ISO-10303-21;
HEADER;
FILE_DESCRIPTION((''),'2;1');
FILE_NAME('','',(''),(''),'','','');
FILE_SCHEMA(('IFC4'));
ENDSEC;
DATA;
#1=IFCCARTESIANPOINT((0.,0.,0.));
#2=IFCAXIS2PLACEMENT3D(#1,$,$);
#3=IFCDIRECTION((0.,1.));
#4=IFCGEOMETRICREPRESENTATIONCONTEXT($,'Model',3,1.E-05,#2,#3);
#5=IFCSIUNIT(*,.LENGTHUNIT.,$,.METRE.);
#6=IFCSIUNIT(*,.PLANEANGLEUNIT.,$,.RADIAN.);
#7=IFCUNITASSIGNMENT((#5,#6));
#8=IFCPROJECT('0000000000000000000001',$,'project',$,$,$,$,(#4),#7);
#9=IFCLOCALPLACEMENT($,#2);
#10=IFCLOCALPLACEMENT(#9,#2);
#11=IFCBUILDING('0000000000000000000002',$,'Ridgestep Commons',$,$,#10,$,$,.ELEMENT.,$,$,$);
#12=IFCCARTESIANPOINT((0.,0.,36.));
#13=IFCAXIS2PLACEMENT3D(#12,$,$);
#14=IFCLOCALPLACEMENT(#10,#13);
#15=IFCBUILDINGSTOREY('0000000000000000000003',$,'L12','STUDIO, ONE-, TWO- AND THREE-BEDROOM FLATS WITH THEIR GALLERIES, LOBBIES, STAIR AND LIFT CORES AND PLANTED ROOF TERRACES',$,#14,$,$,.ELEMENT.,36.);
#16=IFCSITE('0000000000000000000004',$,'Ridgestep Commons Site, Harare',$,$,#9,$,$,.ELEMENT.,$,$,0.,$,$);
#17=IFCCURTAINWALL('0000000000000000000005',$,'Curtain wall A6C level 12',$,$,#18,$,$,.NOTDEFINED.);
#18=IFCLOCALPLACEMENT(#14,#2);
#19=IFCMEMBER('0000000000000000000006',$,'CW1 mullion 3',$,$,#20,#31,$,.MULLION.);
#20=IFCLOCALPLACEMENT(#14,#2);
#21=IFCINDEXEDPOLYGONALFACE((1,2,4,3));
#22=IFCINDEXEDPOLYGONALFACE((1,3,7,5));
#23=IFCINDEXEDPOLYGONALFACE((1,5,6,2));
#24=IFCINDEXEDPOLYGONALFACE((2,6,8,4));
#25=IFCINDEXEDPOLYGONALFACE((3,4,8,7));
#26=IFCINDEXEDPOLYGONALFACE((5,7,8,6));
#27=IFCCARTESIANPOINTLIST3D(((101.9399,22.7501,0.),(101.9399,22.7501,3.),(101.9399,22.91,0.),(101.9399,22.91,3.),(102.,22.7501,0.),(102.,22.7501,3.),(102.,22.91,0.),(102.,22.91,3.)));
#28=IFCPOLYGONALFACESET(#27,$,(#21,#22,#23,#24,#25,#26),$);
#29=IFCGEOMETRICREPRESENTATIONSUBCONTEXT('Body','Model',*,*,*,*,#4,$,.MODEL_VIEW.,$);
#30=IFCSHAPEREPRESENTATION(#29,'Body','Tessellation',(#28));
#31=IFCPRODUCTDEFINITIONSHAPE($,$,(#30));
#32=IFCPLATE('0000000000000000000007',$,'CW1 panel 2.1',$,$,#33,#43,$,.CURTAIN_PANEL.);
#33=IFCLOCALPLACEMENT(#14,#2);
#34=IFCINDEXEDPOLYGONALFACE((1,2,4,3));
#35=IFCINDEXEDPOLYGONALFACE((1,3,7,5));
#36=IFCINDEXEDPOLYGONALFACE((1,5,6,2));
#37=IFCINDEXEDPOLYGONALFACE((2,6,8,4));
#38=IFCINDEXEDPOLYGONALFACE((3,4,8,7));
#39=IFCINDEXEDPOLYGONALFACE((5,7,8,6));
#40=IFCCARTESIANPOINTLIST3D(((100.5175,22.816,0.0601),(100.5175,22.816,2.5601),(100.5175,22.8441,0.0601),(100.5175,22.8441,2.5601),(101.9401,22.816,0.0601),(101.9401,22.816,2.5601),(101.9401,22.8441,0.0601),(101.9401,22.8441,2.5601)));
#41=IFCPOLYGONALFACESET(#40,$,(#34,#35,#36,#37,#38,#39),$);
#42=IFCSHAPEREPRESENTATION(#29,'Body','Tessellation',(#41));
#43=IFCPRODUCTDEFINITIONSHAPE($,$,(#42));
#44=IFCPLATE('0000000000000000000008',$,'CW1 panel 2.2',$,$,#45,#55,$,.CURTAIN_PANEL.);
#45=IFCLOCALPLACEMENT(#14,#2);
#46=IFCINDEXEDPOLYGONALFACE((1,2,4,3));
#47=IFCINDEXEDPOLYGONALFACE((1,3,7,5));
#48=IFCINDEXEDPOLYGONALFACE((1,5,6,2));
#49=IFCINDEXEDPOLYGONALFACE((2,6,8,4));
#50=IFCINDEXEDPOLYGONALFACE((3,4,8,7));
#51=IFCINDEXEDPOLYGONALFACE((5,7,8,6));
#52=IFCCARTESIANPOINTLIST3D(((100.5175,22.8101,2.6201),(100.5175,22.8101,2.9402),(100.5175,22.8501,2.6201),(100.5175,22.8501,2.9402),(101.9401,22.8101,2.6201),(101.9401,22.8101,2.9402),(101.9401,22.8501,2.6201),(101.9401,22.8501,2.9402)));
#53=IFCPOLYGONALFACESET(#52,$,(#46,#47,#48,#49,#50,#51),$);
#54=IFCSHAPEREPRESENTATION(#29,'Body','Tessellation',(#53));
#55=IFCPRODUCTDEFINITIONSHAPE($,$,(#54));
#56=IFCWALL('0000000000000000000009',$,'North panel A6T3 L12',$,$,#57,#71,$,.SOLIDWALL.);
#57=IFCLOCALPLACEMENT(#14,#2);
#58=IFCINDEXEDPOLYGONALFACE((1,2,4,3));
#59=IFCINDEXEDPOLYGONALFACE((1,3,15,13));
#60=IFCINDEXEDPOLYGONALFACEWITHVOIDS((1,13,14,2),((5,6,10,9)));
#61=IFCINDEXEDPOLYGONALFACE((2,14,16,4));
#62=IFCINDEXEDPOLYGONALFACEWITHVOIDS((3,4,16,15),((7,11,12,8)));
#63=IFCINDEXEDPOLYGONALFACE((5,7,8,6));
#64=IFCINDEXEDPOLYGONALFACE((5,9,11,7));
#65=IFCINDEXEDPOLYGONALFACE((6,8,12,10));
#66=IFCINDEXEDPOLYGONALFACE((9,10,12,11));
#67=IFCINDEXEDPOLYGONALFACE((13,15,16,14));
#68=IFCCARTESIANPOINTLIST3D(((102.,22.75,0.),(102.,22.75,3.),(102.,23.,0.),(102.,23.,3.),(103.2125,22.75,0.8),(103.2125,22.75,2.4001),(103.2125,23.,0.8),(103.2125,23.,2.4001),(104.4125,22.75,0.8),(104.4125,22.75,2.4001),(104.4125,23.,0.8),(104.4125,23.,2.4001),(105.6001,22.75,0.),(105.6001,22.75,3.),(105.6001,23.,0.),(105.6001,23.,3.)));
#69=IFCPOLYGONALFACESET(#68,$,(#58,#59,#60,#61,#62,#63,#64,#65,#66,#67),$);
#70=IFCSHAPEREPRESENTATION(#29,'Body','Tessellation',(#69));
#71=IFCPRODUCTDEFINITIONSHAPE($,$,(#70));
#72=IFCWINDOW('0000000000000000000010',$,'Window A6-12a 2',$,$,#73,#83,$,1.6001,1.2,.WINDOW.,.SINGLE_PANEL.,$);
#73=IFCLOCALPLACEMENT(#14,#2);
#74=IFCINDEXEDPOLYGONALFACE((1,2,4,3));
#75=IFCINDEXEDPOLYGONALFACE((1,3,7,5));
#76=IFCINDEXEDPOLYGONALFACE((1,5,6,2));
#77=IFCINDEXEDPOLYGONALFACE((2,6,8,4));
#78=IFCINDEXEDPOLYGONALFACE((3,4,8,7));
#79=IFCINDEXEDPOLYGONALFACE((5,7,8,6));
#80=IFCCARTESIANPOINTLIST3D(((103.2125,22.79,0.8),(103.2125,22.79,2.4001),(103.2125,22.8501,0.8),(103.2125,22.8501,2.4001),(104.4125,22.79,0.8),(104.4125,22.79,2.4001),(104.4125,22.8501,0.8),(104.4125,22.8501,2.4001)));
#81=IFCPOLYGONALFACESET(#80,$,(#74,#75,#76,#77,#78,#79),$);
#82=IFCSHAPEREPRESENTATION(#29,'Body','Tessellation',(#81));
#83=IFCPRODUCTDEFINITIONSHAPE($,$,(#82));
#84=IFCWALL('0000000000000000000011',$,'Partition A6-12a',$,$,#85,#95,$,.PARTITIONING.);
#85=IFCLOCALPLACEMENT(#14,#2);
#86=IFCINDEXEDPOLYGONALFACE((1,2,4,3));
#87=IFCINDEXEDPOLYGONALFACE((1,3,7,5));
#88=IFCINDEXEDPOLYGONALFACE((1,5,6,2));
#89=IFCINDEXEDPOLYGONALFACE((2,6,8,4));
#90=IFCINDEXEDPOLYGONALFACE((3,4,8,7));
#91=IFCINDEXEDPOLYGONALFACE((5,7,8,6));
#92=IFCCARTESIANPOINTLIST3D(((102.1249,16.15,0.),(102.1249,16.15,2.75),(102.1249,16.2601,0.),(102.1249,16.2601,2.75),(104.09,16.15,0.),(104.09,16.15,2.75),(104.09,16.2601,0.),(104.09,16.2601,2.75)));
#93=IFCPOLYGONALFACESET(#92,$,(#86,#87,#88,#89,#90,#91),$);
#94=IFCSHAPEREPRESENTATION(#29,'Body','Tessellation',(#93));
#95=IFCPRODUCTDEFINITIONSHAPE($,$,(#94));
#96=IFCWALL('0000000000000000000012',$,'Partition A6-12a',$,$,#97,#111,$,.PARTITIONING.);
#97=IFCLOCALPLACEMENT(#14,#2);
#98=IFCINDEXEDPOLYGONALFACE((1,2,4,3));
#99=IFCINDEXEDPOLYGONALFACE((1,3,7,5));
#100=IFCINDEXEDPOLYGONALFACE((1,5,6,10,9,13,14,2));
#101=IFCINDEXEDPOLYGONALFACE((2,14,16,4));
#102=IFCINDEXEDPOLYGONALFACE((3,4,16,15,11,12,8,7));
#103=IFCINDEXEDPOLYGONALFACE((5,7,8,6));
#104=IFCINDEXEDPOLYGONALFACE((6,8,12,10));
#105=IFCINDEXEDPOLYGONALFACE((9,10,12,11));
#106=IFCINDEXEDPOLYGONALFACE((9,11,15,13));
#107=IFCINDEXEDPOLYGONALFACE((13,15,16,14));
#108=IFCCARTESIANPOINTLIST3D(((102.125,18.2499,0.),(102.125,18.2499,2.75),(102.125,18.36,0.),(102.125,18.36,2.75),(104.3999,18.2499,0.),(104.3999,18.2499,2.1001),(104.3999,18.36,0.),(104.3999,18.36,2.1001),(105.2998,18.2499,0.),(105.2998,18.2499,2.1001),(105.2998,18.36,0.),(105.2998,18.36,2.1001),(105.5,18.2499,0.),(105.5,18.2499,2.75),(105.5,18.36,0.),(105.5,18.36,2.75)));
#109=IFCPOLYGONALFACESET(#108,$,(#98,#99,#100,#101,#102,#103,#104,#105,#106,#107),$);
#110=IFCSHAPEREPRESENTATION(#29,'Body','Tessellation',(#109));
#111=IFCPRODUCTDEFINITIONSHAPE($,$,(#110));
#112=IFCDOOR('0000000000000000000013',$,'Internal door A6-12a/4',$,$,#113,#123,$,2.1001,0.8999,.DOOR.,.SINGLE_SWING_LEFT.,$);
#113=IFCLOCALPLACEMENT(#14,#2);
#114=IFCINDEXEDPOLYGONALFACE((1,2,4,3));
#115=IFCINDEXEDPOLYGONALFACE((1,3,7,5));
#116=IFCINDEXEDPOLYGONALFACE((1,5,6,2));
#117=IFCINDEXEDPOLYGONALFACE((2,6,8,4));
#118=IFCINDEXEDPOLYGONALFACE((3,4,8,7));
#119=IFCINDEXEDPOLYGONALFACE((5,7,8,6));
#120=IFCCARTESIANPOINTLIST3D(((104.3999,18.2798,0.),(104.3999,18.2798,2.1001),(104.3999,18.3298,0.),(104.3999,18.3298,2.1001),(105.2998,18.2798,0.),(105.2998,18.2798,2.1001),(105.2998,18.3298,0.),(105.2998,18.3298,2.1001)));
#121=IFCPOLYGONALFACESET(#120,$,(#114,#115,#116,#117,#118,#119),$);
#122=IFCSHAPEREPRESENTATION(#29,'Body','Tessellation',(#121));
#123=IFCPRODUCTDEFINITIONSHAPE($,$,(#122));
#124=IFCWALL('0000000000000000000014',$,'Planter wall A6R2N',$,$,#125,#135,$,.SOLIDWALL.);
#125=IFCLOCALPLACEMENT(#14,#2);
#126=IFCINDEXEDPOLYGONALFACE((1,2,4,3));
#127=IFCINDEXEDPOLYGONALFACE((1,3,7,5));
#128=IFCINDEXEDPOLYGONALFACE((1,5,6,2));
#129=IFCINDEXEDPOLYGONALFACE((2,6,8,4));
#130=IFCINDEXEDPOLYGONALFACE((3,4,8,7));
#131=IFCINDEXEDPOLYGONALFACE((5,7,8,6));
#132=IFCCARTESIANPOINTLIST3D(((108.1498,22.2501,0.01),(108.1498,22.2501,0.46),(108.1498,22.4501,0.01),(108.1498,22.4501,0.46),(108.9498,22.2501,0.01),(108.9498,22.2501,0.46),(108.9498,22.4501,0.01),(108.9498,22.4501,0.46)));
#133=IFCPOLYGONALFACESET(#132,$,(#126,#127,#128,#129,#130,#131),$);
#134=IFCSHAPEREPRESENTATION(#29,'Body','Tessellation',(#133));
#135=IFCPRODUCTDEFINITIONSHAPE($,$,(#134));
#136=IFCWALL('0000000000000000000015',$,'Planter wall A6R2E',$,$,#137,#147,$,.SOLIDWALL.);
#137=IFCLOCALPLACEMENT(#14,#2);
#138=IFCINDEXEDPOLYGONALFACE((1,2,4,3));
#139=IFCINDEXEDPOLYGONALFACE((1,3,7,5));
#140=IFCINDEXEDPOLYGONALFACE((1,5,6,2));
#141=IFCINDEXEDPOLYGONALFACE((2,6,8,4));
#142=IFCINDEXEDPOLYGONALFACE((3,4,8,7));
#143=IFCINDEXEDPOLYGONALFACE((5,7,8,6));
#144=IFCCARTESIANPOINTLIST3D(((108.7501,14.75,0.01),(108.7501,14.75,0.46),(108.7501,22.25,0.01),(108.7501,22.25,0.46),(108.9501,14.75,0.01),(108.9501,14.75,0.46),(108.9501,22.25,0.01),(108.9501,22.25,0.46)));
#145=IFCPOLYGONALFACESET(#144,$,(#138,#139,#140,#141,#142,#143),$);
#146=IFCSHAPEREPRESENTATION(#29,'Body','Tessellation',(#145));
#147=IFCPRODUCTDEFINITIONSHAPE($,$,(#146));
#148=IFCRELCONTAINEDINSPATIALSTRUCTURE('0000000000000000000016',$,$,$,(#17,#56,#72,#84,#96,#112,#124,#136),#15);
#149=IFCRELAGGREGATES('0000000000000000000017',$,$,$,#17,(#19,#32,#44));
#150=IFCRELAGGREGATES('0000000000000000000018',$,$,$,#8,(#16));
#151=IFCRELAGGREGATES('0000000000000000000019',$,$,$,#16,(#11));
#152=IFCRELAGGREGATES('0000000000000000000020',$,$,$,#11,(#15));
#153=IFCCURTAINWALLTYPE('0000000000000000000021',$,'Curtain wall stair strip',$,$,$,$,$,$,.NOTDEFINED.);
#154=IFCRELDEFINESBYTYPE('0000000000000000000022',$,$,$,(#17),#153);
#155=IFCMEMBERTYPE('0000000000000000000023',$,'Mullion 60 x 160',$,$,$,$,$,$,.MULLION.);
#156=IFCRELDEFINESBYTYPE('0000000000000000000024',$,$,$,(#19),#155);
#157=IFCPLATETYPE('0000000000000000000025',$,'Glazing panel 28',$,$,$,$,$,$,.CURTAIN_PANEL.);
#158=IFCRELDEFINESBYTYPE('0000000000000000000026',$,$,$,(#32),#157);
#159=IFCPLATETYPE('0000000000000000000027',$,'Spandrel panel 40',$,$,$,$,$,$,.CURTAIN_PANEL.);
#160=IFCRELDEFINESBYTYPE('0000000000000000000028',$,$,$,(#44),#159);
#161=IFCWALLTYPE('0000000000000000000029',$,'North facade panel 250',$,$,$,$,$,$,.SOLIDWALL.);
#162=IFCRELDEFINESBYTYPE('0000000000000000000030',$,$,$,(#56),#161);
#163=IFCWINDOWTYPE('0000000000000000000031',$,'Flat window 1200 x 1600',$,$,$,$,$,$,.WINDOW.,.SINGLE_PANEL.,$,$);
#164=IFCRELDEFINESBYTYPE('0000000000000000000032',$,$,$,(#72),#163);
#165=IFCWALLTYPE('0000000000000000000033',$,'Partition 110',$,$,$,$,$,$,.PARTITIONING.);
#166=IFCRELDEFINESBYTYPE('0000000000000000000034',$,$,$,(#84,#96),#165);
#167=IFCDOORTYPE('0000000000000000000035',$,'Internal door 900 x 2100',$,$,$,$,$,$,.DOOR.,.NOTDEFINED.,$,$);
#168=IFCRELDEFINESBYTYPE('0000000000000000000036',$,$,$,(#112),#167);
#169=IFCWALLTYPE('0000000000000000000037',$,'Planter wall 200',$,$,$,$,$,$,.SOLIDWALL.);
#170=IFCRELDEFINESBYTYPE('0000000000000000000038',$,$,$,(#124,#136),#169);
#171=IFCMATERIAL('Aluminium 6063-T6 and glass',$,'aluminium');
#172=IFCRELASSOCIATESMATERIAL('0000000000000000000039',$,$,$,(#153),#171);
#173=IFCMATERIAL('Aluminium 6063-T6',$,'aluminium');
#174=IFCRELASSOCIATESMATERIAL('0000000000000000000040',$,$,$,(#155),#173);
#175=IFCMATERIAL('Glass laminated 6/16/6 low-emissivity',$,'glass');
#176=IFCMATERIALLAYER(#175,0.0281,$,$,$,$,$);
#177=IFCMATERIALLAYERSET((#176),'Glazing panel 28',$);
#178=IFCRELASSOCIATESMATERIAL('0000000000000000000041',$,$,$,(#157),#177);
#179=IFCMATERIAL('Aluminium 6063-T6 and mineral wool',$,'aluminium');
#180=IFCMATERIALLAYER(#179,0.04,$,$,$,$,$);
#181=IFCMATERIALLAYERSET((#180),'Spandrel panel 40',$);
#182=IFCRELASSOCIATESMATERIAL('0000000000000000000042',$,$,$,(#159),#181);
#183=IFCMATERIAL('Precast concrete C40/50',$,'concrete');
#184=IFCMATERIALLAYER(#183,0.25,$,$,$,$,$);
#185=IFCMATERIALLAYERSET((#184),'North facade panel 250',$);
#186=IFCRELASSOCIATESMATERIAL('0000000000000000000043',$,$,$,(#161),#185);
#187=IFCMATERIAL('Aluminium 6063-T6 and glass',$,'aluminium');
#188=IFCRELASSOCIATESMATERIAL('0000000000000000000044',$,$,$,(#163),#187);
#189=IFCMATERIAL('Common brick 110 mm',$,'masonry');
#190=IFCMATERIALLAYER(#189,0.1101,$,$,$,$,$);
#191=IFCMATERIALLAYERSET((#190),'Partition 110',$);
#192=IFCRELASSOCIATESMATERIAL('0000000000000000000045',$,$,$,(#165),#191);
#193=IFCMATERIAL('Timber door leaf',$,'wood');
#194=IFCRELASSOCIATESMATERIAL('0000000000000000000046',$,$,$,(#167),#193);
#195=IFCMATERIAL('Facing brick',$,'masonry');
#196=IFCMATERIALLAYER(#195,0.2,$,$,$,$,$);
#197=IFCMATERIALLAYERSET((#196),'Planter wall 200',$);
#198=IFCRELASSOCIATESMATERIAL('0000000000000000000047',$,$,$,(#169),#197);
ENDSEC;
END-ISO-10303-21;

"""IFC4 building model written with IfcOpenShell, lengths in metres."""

from ifc_helpers import new_model, si_unit, direction, frame, frame_2d, origin, origin_2d, place, context, subcontext, project, spatial, rectangle, extrude, material, layer, layer_set, material_profile, profile_set, type_object, element, fill, aggregate, save


model = new_model("IFC4")

# Units and contexts
model_context = context("Model", 3, precision=1e-05, world=origin(), true_north=direction((0.0, 1.0)))
body_context = subcontext(model_context, "Body", "Model", "MODEL_VIEW")
ifc_project = project(units=[si_unit("LENGTHUNIT", "METRE"), si_unit("PLANEANGLEUNIT", "RADIAN")], contexts=[model_context])

# Site, building, storey
site_placement = place(None, origin())
site = spatial("IfcSite", under=ifc_project, at=site_placement, Name="Ridgestep Commons Site, Harare", CompositionType="ELEMENT", RefElevation=0.0)
building_placement = place(site_placement, origin())
building = spatial("IfcBuilding", under=site, at=building_placement, Name="Ridgestep Commons", CompositionType="ELEMENT")
storey_placement = place(building_placement, frame((0.0, 0.0, 36.0)))
storey = spatial("IfcBuildingStorey", under=building, at=storey_placement, Name="L12", Description="STUDIO, ONE-, TWO- AND THREE-BEDROOM FLATS WITH THEIR GALLERIES, LOBBIES, STAIR AND LIFT CORES AND PLANTED ROOF TERRACES", CompositionType="ELEMENT", Elevation=36.0)

# Curtain wall, member, plates
ifc_material_1 = material(Name="Aluminium 6063-T6 and glass", Category="aluminium")
curtain_wall_type = type_object("IfcCurtainWallType", Name="Curtain wall stair strip", PredefinedType="NOTDEFINED", material=ifc_material_1)
curtain_wall_placement = place(storey_placement, origin())
curtain_wall = element("IfcCurtainWall", 1, at=curtain_wall_placement, inside=storey, type_object=curtain_wall_type, Name="Curtain wall A6C level 12", PredefinedType="NOTDEFINED")
ifc_material_2 = material(Name="Aluminium 6063-T6", Category="aluminium")
ifc_material_profile = material_profile(ifc_material_2, rectangle(XDim=0.1599, YDim=0.0601, at=origin_2d()), Name="Mullion 60 x 160")
ifc_profile_set = profile_set([ifc_material_profile], Name="Aluminium 6063-T6")
member_type = type_object("IfcMemberType", Name="Mullion 60 x 160", PredefinedType="MULLION", material=ifc_profile_set)
member_placement = place(storey_placement, frame((101.97, 22.8301, 0.0), z_axis=(0.0, 0.0, 1.0), x_axis=(0.0, 1.0, 0.0)))
member = element("IfcMember", 2, at=member_placement, type_object=member_type, Name="CW1 mullion 3", PredefinedType="MULLION", context=body_context, shape_type="SweptSolid", body=[
    extrude(rectangle(XDim=0.1599, YDim=0.0601, at=origin_2d()), origin(), (0.0, 0.0, 1.0), 3.0),
])
ifc_material_3 = material(Name="Glass laminated 6/16/6 low-emissivity", Category="glass")
ifc_layer_1 = layer(ifc_material_3, 0.0281)
ifc_layer_set_1 = layer_set([ifc_layer_1], Name="Glazing panel 28")
plate_type_1 = type_object("IfcPlateType", Name="Glazing panel 28", PredefinedType="CURTAIN_PANEL", material=ifc_layer_set_1)
plate_1_placement = place(storey_placement, frame((101.2288, 22.8301, 0.0601), z_axis=(0.0, 0.0, 1.0), x_axis=(1.0, 0.0, 0.0)))
plate_1 = element("IfcPlate", 3, at=plate_1_placement, type_object=plate_type_1, Name="CW1 panel 2.1", PredefinedType="CURTAIN_PANEL", context=body_context, shape_type="SweptSolid", body=[
    extrude(rectangle(XDim=1.4226, YDim=0.0281, at=origin_2d()), origin(), (0.0, 0.0, 1.0), 2.5),
])
ifc_material_4 = material(Name="Aluminium 6063-T6 and mineral wool", Category="aluminium")
ifc_layer_2 = layer(ifc_material_4, 0.04)
ifc_layer_set_2 = layer_set([ifc_layer_2], Name="Spandrel panel 40")
plate_type_2 = type_object("IfcPlateType", Name="Spandrel panel 40", PredefinedType="CURTAIN_PANEL", material=ifc_layer_set_2)
plate_2_placement = place(storey_placement, frame((101.2288, 22.8301, 2.6201), z_axis=(0.0, 0.0, 1.0), x_axis=(1.0, 0.0, 0.0)))
plate_2 = element("IfcPlate", 4, at=plate_2_placement, type_object=plate_type_2, Name="CW1 panel 2.2", PredefinedType="CURTAIN_PANEL", context=body_context, shape_type="SweptSolid", body=[
    extrude(rectangle(XDim=1.4226, YDim=0.04, at=origin_2d()), origin(), (0.0, 0.0, 1.0), 0.3201),
])
aggregate(curtain_wall, [member, plate_1, plate_2])

# Wall, opening, window
ifc_material_5 = material(Name="Precast concrete C40/50", Category="concrete")
ifc_layer_3 = layer(ifc_material_5, 0.25)
ifc_layer_set_3 = layer_set([ifc_layer_3], Name="North facade panel 250")
wall_type_1 = type_object("IfcWallType", Name="North facade panel 250", PredefinedType="SOLIDWALL", material=ifc_layer_set_3)
wall_1_placement = place(storey_placement, frame((102.0, 22.875, 0.0), z_axis=(0.0, 0.0, 1.0), x_axis=(1.0, 0.0, 0.0)))
wall_1 = element("IfcWall", 5, at=wall_1_placement, inside=storey, type_object=wall_type_1, Name="North panel A6T3 L12", PredefinedType="SOLIDWALL", context=body_context, shape_type="SweptSolid", body=[
    extrude(rectangle(XDim=3.6001, YDim=0.25, at=frame_2d((1.8, 0.0))), origin(), (0.0, 0.0, 1.0), 3.0),
])
opening_1_placement = place(wall_1_placement, frame((1.2124, 0.0, 0.8)))
opening_1 = element("IfcOpeningElement", 6, at=opening_1_placement, cuts=wall_1, PredefinedType="OPENING", context=body_context, shape_type="SweptSolid", body=[
    extrude(rectangle(XDim=1.2, YDim=1.6001, at=frame_2d((0.6001, 0.8))), frame((0.0, 0.135, 0.0), z_axis=(0.0, -1.0, 0.0), x_axis=(1.0, 0.0, 0.0)), (0.0, 0.0, 1.0), 0.27),
])
ifc_material_6 = material(Name="Aluminium 6063-T6 and glass", Category="aluminium")
window_type = type_object("IfcWindowType", Name="Flat window 1200 x 1600", PartitioningType="SINGLE_PANEL", PredefinedType="WINDOW", material=ifc_material_6)
window_placement = place(opening_1_placement, origin())
window = element("IfcWindow", 7, at=window_placement, inside=storey, type_object=window_type, Name="Window A6-12a 2", OverallHeight=1.6001, OverallWidth=1.2, PartitioningType="SINGLE_PANEL", PredefinedType="WINDOW", context=body_context, shape_type="SweptSolid", body=[
    extrude(rectangle(XDim=1.2, YDim=1.6001, at=frame_2d((0.6001, 0.8))), frame((0.0, -0.0249, 0.0), z_axis=(0.0, -1.0, 0.0), x_axis=(1.0, 0.0, 0.0)), (0.0, 0.0, 1.0), 0.0601),
])
fill(opening_1, window)

# Wall
ifc_material_7 = material(Name="Common brick 110 mm", Category="masonry")
ifc_layer_4 = layer(ifc_material_7, 0.1101)
ifc_layer_set_4 = layer_set([ifc_layer_4], Name="Partition 110")
wall_type_2 = type_object("IfcWallType", Name="Partition 110", PredefinedType="PARTITIONING", material=ifc_layer_set_4)
wall_2_placement = place(storey_placement, frame((102.125, 16.2051, 0.0), z_axis=(0.0, 0.0, 1.0), x_axis=(1.0, 0.0, 0.0)))
element("IfcWall", 8, at=wall_2_placement, inside=storey, type_object=wall_type_2, Name="Partition A6-12a", PredefinedType="PARTITIONING", context=body_context, shape_type="SweptSolid", body=[
    extrude(rectangle(XDim=1.9651, YDim=0.1101, at=frame_2d((0.9824, 0.0))), origin(), (0.0, 0.0, 1.0), 2.75),
])

# Wall, opening, door
wall_3_placement = place(storey_placement, frame((102.125, 18.3049, 0.0), z_axis=(0.0, 0.0, 1.0), x_axis=(1.0, 0.0, 0.0)))
wall_3 = element("IfcWall", 9, at=wall_3_placement, inside=storey, type_object=wall_type_2, Name="Partition A6-12a", PredefinedType="PARTITIONING", context=body_context, shape_type="SweptSolid", body=[
    extrude(rectangle(XDim=3.375, YDim=0.1101, at=frame_2d((1.6875, 0.0))), origin(), (0.0, 0.0, 1.0), 2.75),
])
opening_2_placement = place(wall_3_placement, frame((2.2749, 0.0, 0.0)))
opening_2 = element("IfcOpeningElement", 10, at=opening_2_placement, cuts=wall_3, PredefinedType="OPENING", context=body_context, shape_type="SweptSolid", body=[
    extrude(rectangle(XDim=0.8999, YDim=2.1001, at=frame_2d((0.45, 1.05))), frame((0.0, 0.0649, 0.0), z_axis=(0.0, -1.0, 0.0), x_axis=(1.0, 0.0, 0.0)), (0.0, 0.0, 1.0), 0.1301),
])
ifc_material_8 = material(Name="Timber door leaf", Category="wood")
door_type = type_object("IfcDoorType", Name="Internal door 900 x 2100", OperationType="NOTDEFINED", PredefinedType="DOOR", material=ifc_material_8)
door_placement = place(opening_2_placement, origin())
door = element("IfcDoor", 11, at=door_placement, inside=storey, type_object=door_type, Name="Internal door A6-12a/4", OperationType="SINGLE_SWING_LEFT", OverallHeight=2.1001, OverallWidth=0.8999, PredefinedType="DOOR", context=body_context, shape_type="SweptSolid", body=[
    extrude(rectangle(XDim=0.8999, YDim=2.1001, at=frame_2d((0.45, 1.05))), frame((0.0, 0.0249, 0.0), z_axis=(0.0, -1.0, 0.0), x_axis=(1.0, 0.0, 0.0)), (0.0, 0.0, 1.0), 0.05),
])
fill(opening_2, door)

# Walls
ifc_material_9 = material(Name="Facing brick", Category="masonry")
ifc_layer_5 = layer(ifc_material_9, 0.2)
ifc_layer_set_5 = layer_set([ifc_layer_5], Name="Planter wall 200")
wall_type_3 = type_object("IfcWallType", Name="Planter wall 200", PredefinedType="SOLIDWALL", material=ifc_layer_set_5)
wall_4_placement = place(storey_placement, frame((108.1499, 22.3501, 0.01), z_axis=(0.0, 0.0, 1.0), x_axis=(1.0, 0.0, 0.0)))
element("IfcWall", 12, at=wall_4_placement, inside=storey, type_object=wall_type_3, Name="Planter wall A6R2N", PredefinedType="SOLIDWALL", context=body_context, shape_type="SweptSolid", body=[
    extrude(rectangle(XDim=0.8, YDim=0.2, at=frame_2d((0.3999, 0.0))), origin(), (0.0, 0.0, 1.0), 0.45),
])
wall_5_placement = place(storey_placement, frame((108.8501, 14.75, 0.01), z_axis=(0.0, 0.0, 1.0), x_axis=(0.0, 1.0, 0.0)))
element("IfcWall", 13, at=wall_5_placement, inside=storey, type_object=wall_type_3, Name="Planter wall A6R2E", PredefinedType="SOLIDWALL", context=body_context, shape_type="SweptSolid", body=[
    extrude(rectangle(XDim=7.5, YDim=0.2, at=frame_2d((3.75, 0.0))), origin(), (0.0, 0.0, 1.0), 0.45),
])

save(model, "model.ifc")
